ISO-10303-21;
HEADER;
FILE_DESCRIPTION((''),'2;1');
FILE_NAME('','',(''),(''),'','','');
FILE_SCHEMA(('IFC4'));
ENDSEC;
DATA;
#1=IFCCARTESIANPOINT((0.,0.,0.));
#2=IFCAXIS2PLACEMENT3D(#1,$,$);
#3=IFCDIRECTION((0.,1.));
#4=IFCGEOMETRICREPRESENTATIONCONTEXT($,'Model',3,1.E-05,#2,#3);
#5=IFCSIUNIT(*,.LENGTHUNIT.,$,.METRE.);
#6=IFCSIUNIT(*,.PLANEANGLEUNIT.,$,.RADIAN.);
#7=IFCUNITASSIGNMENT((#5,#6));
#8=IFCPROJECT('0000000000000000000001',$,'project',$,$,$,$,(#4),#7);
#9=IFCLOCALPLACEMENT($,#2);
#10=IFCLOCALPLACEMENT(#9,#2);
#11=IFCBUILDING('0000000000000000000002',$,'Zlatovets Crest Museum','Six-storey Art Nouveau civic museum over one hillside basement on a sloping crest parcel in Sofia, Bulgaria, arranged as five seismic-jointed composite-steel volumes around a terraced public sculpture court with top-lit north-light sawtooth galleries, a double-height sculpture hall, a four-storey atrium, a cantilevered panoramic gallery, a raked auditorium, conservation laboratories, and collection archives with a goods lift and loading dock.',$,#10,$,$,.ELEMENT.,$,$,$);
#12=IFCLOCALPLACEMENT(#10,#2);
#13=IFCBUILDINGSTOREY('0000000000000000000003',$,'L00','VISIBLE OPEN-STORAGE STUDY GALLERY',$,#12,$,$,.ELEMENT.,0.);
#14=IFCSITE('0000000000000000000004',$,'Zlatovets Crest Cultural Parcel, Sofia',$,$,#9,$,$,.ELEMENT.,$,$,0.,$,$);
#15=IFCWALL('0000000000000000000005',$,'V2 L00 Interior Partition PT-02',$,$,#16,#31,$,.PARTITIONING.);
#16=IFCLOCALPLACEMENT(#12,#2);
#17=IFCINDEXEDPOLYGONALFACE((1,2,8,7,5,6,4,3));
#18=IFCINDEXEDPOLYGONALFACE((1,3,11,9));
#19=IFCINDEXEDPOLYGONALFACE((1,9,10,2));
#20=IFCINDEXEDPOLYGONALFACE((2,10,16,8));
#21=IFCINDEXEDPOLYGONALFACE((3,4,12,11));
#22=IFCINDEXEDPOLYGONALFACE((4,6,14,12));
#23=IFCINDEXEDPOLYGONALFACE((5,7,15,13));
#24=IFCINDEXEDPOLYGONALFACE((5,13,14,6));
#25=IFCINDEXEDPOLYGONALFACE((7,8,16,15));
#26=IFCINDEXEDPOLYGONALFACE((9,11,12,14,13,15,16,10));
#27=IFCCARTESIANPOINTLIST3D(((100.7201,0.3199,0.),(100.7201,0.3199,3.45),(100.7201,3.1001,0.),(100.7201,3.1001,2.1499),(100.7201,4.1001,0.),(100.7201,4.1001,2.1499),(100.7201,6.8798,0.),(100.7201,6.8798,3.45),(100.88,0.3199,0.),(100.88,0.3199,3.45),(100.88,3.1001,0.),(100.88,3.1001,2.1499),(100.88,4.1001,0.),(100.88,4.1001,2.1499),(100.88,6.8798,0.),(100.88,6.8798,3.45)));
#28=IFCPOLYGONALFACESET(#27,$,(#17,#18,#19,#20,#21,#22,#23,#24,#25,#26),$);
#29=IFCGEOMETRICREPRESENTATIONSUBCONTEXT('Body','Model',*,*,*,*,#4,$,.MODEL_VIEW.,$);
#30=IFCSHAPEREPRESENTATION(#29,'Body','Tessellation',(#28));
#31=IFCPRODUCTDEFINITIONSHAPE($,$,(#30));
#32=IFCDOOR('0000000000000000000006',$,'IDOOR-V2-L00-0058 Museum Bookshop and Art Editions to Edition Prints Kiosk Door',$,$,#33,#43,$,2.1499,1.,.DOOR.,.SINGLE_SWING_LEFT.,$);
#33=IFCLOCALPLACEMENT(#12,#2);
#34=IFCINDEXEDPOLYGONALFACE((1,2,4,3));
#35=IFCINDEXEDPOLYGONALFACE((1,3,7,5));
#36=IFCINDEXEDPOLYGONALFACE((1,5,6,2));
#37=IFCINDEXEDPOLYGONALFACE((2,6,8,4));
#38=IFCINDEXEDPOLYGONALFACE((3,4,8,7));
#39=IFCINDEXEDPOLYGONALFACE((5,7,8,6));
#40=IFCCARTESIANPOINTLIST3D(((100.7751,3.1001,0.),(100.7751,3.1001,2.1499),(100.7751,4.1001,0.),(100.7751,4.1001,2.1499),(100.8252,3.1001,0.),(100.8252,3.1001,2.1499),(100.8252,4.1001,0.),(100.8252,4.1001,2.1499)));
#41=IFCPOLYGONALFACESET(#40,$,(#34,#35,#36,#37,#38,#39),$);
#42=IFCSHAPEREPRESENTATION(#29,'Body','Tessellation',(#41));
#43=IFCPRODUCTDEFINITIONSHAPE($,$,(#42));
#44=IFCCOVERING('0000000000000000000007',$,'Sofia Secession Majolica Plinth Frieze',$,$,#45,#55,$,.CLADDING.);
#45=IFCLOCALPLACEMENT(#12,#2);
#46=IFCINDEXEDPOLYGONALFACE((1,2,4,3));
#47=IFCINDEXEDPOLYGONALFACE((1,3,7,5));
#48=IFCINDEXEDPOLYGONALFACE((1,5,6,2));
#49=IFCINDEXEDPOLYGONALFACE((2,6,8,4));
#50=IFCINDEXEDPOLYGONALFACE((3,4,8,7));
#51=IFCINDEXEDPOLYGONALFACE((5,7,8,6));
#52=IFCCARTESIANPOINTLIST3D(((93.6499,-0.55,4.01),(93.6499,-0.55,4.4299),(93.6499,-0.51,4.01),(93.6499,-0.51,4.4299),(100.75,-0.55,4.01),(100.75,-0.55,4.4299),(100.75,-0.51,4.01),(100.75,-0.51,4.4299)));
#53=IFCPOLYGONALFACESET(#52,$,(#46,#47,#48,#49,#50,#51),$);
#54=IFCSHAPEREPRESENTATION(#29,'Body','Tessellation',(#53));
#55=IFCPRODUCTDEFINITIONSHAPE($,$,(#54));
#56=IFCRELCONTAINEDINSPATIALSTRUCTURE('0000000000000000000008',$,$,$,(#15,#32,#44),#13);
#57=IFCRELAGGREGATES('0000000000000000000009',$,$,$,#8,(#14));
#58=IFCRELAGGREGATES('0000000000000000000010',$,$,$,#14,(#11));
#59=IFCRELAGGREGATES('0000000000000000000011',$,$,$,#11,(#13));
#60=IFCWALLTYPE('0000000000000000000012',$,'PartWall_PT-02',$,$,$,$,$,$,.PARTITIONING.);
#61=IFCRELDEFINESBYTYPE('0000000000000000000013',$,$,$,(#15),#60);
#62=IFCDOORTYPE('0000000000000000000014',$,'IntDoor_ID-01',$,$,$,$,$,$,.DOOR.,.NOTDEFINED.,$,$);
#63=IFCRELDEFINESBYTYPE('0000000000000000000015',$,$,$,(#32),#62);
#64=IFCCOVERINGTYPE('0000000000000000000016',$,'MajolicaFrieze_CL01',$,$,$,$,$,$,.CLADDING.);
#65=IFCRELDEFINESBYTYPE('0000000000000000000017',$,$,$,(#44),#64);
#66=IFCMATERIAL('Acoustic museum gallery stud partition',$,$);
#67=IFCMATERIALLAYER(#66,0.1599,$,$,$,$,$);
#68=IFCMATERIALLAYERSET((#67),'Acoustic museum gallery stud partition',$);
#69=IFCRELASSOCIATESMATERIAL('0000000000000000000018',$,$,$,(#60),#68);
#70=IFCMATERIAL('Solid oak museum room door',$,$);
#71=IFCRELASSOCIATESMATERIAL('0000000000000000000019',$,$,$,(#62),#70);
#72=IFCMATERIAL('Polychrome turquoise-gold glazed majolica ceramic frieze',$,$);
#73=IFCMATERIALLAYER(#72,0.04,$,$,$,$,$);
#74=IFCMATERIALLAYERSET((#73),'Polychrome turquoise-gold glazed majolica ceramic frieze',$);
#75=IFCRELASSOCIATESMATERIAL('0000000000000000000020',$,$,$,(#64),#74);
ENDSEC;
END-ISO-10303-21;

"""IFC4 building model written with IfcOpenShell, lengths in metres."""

from ifc_helpers import new_model, si_unit, direction, frame, frame_2d, origin, origin_2d, place, context, subcontext, project, spatial, rectangle, extrude, material, layer, layer_set, type_object, element, fill, save


model = new_model("IFC4")

# Units and contexts
model_context = context("Model", 3, precision=1e-05, world=origin(), true_north=direction((0.0, 1.0)))
body_context = subcontext(model_context, "Body", "Model", "MODEL_VIEW")
ifc_project = project(units=[si_unit("LENGTHUNIT", "METRE"), si_unit("PLANEANGLEUNIT", "RADIAN")], contexts=[model_context])

# Site, building, storey
site_placement = place(None, origin())
site = spatial("IfcSite", under=ifc_project, at=site_placement, Name="Zlatovets Crest Cultural Parcel, Sofia", CompositionType="ELEMENT", RefElevation=0.0)
building_placement = place(site_placement, origin())
building = spatial("IfcBuilding", under=site, at=building_placement, Name="Zlatovets Crest Museum", Description="Six-storey Art Nouveau civic museum over one hillside basement on a sloping crest parcel in Sofia, Bulgaria, arranged as five seismic-jointed composite-steel volumes around a terraced public sculpture court with top-lit north-light sawtooth galleries, a double-height sculpture hall, a four-storey atrium, a cantilevered panoramic gallery, a raked auditorium, conservation laboratories, and collection archives with a goods lift and loading dock.", CompositionType="ELEMENT")
storey_placement = place(building_placement, origin())
storey = spatial("IfcBuildingStorey", under=building, at=storey_placement, Name="L00", Description="VISIBLE OPEN-STORAGE STUDY GALLERY", CompositionType="ELEMENT", Elevation=0.0)

# Wall, opening, door
ifc_material_1 = material(Name="Acoustic museum gallery stud partition")
ifc_layer_1 = layer(ifc_material_1, 0.1599)
ifc_layer_set_1 = layer_set([ifc_layer_1], Name="Acoustic museum gallery stud partition")
wall_type_1 = type_object("IfcWallType", Name="PartWall_PT-02", PredefinedType="PARTITIONING", material=ifc_layer_set_1)
wall_1_placement = place(storey_placement, frame((100.8, 0.3201, 0.0), z_axis=(0.0, 0.0, 1.0), x_axis=(0.0, 1.0, 0.0)))
wall_1 = element("IfcWall", 1, at=wall_1_placement, inside=storey, type_object=wall_type_1, Name="V2 L00 Interior Partition PT-02", PredefinedType="PARTITIONING", context=body_context, shape_type="SweptSolid", body=[
    extrude(rectangle(XDim=6.5598, YDim=0.1599, at=frame_2d((3.2798, 0.0))), origin(), (0.0, 0.0, 1.0), 3.45),
])
opening_1_placement = place(wall_1_placement, frame((2.78, 0.0, 0.0)))
opening_1 = element("IfcOpeningElement", 2, at=opening_1_placement, cuts=wall_1, PredefinedType="OPENING", context=body_context, shape_type="SweptSolid", body=[
    extrude(rectangle(XDim=1.0, YDim=2.1499, at=frame_2d((0.5, 1.075))), frame((0.0, 0.0898, 0.0), z_axis=(0.0, -1.0, 0.0), x_axis=(1.0, 0.0, 0.0)), (0.0, 0.0, 1.0), 0.1799),
])
ifc_material_2 = material(Name="Solid oak museum room door")
door_type_1 = type_object("IfcDoorType", Name="IntDoor_ID-01", OperationType="NOTDEFINED", PredefinedType="DOOR", material=ifc_material_2)
door_1_placement = place(opening_1_placement, origin())
door_1 = element("IfcDoor", 3, at=door_1_placement, inside=storey, type_object=door_type_1, Name="IDOOR-V2-L00-0058 Museum Bookshop and Art Editions to Edition Prints Kiosk Door", OperationType="SINGLE_SWING_LEFT", OverallHeight=2.1499, OverallWidth=1.0, PredefinedType="DOOR", context=body_context, shape_type="SweptSolid", body=[
    extrude(rectangle(XDim=1.0, YDim=2.1499, at=frame_2d((0.5, 1.075))), frame((0.0, 0.0249, 0.0), z_axis=(0.0, -1.0, 0.0), x_axis=(1.0, 0.0, 0.0)), (0.0, 0.0, 1.0), 0.05),
])
fill(opening_1, door_1)

# Covering
ifc_material_3 = material(Name="Polychrome turquoise-gold glazed majolica ceramic frieze")
ifc_layer_2 = layer(ifc_material_3, 0.04)
ifc_layer_set_2 = layer_set([ifc_layer_2], Name="Polychrome turquoise-gold glazed majolica ceramic frieze")
covering_type = type_object("IfcCoveringType", Name="MajolicaFrieze_CL01", PredefinedType="CLADDING", material=ifc_layer_set_2)
covering_placement = place(storey_placement, frame((97.2, -0.53, 4.01), z_axis=(0.0, 0.0, 1.0), x_axis=(1.0, 0.0, 0.0)))
element("IfcCovering", 4, at=covering_placement, inside=storey, type_object=covering_type, Name="Sofia Secession Majolica Plinth Frieze", PredefinedType="CLADDING", context=body_context, shape_type="SweptSolid", body=[
    extrude(rectangle(XDim=7.1001, YDim=0.04, at=origin_2d()), origin(), (0.0, 0.0, 1.0), 0.4199),
])

save(model, "model.ifc")
